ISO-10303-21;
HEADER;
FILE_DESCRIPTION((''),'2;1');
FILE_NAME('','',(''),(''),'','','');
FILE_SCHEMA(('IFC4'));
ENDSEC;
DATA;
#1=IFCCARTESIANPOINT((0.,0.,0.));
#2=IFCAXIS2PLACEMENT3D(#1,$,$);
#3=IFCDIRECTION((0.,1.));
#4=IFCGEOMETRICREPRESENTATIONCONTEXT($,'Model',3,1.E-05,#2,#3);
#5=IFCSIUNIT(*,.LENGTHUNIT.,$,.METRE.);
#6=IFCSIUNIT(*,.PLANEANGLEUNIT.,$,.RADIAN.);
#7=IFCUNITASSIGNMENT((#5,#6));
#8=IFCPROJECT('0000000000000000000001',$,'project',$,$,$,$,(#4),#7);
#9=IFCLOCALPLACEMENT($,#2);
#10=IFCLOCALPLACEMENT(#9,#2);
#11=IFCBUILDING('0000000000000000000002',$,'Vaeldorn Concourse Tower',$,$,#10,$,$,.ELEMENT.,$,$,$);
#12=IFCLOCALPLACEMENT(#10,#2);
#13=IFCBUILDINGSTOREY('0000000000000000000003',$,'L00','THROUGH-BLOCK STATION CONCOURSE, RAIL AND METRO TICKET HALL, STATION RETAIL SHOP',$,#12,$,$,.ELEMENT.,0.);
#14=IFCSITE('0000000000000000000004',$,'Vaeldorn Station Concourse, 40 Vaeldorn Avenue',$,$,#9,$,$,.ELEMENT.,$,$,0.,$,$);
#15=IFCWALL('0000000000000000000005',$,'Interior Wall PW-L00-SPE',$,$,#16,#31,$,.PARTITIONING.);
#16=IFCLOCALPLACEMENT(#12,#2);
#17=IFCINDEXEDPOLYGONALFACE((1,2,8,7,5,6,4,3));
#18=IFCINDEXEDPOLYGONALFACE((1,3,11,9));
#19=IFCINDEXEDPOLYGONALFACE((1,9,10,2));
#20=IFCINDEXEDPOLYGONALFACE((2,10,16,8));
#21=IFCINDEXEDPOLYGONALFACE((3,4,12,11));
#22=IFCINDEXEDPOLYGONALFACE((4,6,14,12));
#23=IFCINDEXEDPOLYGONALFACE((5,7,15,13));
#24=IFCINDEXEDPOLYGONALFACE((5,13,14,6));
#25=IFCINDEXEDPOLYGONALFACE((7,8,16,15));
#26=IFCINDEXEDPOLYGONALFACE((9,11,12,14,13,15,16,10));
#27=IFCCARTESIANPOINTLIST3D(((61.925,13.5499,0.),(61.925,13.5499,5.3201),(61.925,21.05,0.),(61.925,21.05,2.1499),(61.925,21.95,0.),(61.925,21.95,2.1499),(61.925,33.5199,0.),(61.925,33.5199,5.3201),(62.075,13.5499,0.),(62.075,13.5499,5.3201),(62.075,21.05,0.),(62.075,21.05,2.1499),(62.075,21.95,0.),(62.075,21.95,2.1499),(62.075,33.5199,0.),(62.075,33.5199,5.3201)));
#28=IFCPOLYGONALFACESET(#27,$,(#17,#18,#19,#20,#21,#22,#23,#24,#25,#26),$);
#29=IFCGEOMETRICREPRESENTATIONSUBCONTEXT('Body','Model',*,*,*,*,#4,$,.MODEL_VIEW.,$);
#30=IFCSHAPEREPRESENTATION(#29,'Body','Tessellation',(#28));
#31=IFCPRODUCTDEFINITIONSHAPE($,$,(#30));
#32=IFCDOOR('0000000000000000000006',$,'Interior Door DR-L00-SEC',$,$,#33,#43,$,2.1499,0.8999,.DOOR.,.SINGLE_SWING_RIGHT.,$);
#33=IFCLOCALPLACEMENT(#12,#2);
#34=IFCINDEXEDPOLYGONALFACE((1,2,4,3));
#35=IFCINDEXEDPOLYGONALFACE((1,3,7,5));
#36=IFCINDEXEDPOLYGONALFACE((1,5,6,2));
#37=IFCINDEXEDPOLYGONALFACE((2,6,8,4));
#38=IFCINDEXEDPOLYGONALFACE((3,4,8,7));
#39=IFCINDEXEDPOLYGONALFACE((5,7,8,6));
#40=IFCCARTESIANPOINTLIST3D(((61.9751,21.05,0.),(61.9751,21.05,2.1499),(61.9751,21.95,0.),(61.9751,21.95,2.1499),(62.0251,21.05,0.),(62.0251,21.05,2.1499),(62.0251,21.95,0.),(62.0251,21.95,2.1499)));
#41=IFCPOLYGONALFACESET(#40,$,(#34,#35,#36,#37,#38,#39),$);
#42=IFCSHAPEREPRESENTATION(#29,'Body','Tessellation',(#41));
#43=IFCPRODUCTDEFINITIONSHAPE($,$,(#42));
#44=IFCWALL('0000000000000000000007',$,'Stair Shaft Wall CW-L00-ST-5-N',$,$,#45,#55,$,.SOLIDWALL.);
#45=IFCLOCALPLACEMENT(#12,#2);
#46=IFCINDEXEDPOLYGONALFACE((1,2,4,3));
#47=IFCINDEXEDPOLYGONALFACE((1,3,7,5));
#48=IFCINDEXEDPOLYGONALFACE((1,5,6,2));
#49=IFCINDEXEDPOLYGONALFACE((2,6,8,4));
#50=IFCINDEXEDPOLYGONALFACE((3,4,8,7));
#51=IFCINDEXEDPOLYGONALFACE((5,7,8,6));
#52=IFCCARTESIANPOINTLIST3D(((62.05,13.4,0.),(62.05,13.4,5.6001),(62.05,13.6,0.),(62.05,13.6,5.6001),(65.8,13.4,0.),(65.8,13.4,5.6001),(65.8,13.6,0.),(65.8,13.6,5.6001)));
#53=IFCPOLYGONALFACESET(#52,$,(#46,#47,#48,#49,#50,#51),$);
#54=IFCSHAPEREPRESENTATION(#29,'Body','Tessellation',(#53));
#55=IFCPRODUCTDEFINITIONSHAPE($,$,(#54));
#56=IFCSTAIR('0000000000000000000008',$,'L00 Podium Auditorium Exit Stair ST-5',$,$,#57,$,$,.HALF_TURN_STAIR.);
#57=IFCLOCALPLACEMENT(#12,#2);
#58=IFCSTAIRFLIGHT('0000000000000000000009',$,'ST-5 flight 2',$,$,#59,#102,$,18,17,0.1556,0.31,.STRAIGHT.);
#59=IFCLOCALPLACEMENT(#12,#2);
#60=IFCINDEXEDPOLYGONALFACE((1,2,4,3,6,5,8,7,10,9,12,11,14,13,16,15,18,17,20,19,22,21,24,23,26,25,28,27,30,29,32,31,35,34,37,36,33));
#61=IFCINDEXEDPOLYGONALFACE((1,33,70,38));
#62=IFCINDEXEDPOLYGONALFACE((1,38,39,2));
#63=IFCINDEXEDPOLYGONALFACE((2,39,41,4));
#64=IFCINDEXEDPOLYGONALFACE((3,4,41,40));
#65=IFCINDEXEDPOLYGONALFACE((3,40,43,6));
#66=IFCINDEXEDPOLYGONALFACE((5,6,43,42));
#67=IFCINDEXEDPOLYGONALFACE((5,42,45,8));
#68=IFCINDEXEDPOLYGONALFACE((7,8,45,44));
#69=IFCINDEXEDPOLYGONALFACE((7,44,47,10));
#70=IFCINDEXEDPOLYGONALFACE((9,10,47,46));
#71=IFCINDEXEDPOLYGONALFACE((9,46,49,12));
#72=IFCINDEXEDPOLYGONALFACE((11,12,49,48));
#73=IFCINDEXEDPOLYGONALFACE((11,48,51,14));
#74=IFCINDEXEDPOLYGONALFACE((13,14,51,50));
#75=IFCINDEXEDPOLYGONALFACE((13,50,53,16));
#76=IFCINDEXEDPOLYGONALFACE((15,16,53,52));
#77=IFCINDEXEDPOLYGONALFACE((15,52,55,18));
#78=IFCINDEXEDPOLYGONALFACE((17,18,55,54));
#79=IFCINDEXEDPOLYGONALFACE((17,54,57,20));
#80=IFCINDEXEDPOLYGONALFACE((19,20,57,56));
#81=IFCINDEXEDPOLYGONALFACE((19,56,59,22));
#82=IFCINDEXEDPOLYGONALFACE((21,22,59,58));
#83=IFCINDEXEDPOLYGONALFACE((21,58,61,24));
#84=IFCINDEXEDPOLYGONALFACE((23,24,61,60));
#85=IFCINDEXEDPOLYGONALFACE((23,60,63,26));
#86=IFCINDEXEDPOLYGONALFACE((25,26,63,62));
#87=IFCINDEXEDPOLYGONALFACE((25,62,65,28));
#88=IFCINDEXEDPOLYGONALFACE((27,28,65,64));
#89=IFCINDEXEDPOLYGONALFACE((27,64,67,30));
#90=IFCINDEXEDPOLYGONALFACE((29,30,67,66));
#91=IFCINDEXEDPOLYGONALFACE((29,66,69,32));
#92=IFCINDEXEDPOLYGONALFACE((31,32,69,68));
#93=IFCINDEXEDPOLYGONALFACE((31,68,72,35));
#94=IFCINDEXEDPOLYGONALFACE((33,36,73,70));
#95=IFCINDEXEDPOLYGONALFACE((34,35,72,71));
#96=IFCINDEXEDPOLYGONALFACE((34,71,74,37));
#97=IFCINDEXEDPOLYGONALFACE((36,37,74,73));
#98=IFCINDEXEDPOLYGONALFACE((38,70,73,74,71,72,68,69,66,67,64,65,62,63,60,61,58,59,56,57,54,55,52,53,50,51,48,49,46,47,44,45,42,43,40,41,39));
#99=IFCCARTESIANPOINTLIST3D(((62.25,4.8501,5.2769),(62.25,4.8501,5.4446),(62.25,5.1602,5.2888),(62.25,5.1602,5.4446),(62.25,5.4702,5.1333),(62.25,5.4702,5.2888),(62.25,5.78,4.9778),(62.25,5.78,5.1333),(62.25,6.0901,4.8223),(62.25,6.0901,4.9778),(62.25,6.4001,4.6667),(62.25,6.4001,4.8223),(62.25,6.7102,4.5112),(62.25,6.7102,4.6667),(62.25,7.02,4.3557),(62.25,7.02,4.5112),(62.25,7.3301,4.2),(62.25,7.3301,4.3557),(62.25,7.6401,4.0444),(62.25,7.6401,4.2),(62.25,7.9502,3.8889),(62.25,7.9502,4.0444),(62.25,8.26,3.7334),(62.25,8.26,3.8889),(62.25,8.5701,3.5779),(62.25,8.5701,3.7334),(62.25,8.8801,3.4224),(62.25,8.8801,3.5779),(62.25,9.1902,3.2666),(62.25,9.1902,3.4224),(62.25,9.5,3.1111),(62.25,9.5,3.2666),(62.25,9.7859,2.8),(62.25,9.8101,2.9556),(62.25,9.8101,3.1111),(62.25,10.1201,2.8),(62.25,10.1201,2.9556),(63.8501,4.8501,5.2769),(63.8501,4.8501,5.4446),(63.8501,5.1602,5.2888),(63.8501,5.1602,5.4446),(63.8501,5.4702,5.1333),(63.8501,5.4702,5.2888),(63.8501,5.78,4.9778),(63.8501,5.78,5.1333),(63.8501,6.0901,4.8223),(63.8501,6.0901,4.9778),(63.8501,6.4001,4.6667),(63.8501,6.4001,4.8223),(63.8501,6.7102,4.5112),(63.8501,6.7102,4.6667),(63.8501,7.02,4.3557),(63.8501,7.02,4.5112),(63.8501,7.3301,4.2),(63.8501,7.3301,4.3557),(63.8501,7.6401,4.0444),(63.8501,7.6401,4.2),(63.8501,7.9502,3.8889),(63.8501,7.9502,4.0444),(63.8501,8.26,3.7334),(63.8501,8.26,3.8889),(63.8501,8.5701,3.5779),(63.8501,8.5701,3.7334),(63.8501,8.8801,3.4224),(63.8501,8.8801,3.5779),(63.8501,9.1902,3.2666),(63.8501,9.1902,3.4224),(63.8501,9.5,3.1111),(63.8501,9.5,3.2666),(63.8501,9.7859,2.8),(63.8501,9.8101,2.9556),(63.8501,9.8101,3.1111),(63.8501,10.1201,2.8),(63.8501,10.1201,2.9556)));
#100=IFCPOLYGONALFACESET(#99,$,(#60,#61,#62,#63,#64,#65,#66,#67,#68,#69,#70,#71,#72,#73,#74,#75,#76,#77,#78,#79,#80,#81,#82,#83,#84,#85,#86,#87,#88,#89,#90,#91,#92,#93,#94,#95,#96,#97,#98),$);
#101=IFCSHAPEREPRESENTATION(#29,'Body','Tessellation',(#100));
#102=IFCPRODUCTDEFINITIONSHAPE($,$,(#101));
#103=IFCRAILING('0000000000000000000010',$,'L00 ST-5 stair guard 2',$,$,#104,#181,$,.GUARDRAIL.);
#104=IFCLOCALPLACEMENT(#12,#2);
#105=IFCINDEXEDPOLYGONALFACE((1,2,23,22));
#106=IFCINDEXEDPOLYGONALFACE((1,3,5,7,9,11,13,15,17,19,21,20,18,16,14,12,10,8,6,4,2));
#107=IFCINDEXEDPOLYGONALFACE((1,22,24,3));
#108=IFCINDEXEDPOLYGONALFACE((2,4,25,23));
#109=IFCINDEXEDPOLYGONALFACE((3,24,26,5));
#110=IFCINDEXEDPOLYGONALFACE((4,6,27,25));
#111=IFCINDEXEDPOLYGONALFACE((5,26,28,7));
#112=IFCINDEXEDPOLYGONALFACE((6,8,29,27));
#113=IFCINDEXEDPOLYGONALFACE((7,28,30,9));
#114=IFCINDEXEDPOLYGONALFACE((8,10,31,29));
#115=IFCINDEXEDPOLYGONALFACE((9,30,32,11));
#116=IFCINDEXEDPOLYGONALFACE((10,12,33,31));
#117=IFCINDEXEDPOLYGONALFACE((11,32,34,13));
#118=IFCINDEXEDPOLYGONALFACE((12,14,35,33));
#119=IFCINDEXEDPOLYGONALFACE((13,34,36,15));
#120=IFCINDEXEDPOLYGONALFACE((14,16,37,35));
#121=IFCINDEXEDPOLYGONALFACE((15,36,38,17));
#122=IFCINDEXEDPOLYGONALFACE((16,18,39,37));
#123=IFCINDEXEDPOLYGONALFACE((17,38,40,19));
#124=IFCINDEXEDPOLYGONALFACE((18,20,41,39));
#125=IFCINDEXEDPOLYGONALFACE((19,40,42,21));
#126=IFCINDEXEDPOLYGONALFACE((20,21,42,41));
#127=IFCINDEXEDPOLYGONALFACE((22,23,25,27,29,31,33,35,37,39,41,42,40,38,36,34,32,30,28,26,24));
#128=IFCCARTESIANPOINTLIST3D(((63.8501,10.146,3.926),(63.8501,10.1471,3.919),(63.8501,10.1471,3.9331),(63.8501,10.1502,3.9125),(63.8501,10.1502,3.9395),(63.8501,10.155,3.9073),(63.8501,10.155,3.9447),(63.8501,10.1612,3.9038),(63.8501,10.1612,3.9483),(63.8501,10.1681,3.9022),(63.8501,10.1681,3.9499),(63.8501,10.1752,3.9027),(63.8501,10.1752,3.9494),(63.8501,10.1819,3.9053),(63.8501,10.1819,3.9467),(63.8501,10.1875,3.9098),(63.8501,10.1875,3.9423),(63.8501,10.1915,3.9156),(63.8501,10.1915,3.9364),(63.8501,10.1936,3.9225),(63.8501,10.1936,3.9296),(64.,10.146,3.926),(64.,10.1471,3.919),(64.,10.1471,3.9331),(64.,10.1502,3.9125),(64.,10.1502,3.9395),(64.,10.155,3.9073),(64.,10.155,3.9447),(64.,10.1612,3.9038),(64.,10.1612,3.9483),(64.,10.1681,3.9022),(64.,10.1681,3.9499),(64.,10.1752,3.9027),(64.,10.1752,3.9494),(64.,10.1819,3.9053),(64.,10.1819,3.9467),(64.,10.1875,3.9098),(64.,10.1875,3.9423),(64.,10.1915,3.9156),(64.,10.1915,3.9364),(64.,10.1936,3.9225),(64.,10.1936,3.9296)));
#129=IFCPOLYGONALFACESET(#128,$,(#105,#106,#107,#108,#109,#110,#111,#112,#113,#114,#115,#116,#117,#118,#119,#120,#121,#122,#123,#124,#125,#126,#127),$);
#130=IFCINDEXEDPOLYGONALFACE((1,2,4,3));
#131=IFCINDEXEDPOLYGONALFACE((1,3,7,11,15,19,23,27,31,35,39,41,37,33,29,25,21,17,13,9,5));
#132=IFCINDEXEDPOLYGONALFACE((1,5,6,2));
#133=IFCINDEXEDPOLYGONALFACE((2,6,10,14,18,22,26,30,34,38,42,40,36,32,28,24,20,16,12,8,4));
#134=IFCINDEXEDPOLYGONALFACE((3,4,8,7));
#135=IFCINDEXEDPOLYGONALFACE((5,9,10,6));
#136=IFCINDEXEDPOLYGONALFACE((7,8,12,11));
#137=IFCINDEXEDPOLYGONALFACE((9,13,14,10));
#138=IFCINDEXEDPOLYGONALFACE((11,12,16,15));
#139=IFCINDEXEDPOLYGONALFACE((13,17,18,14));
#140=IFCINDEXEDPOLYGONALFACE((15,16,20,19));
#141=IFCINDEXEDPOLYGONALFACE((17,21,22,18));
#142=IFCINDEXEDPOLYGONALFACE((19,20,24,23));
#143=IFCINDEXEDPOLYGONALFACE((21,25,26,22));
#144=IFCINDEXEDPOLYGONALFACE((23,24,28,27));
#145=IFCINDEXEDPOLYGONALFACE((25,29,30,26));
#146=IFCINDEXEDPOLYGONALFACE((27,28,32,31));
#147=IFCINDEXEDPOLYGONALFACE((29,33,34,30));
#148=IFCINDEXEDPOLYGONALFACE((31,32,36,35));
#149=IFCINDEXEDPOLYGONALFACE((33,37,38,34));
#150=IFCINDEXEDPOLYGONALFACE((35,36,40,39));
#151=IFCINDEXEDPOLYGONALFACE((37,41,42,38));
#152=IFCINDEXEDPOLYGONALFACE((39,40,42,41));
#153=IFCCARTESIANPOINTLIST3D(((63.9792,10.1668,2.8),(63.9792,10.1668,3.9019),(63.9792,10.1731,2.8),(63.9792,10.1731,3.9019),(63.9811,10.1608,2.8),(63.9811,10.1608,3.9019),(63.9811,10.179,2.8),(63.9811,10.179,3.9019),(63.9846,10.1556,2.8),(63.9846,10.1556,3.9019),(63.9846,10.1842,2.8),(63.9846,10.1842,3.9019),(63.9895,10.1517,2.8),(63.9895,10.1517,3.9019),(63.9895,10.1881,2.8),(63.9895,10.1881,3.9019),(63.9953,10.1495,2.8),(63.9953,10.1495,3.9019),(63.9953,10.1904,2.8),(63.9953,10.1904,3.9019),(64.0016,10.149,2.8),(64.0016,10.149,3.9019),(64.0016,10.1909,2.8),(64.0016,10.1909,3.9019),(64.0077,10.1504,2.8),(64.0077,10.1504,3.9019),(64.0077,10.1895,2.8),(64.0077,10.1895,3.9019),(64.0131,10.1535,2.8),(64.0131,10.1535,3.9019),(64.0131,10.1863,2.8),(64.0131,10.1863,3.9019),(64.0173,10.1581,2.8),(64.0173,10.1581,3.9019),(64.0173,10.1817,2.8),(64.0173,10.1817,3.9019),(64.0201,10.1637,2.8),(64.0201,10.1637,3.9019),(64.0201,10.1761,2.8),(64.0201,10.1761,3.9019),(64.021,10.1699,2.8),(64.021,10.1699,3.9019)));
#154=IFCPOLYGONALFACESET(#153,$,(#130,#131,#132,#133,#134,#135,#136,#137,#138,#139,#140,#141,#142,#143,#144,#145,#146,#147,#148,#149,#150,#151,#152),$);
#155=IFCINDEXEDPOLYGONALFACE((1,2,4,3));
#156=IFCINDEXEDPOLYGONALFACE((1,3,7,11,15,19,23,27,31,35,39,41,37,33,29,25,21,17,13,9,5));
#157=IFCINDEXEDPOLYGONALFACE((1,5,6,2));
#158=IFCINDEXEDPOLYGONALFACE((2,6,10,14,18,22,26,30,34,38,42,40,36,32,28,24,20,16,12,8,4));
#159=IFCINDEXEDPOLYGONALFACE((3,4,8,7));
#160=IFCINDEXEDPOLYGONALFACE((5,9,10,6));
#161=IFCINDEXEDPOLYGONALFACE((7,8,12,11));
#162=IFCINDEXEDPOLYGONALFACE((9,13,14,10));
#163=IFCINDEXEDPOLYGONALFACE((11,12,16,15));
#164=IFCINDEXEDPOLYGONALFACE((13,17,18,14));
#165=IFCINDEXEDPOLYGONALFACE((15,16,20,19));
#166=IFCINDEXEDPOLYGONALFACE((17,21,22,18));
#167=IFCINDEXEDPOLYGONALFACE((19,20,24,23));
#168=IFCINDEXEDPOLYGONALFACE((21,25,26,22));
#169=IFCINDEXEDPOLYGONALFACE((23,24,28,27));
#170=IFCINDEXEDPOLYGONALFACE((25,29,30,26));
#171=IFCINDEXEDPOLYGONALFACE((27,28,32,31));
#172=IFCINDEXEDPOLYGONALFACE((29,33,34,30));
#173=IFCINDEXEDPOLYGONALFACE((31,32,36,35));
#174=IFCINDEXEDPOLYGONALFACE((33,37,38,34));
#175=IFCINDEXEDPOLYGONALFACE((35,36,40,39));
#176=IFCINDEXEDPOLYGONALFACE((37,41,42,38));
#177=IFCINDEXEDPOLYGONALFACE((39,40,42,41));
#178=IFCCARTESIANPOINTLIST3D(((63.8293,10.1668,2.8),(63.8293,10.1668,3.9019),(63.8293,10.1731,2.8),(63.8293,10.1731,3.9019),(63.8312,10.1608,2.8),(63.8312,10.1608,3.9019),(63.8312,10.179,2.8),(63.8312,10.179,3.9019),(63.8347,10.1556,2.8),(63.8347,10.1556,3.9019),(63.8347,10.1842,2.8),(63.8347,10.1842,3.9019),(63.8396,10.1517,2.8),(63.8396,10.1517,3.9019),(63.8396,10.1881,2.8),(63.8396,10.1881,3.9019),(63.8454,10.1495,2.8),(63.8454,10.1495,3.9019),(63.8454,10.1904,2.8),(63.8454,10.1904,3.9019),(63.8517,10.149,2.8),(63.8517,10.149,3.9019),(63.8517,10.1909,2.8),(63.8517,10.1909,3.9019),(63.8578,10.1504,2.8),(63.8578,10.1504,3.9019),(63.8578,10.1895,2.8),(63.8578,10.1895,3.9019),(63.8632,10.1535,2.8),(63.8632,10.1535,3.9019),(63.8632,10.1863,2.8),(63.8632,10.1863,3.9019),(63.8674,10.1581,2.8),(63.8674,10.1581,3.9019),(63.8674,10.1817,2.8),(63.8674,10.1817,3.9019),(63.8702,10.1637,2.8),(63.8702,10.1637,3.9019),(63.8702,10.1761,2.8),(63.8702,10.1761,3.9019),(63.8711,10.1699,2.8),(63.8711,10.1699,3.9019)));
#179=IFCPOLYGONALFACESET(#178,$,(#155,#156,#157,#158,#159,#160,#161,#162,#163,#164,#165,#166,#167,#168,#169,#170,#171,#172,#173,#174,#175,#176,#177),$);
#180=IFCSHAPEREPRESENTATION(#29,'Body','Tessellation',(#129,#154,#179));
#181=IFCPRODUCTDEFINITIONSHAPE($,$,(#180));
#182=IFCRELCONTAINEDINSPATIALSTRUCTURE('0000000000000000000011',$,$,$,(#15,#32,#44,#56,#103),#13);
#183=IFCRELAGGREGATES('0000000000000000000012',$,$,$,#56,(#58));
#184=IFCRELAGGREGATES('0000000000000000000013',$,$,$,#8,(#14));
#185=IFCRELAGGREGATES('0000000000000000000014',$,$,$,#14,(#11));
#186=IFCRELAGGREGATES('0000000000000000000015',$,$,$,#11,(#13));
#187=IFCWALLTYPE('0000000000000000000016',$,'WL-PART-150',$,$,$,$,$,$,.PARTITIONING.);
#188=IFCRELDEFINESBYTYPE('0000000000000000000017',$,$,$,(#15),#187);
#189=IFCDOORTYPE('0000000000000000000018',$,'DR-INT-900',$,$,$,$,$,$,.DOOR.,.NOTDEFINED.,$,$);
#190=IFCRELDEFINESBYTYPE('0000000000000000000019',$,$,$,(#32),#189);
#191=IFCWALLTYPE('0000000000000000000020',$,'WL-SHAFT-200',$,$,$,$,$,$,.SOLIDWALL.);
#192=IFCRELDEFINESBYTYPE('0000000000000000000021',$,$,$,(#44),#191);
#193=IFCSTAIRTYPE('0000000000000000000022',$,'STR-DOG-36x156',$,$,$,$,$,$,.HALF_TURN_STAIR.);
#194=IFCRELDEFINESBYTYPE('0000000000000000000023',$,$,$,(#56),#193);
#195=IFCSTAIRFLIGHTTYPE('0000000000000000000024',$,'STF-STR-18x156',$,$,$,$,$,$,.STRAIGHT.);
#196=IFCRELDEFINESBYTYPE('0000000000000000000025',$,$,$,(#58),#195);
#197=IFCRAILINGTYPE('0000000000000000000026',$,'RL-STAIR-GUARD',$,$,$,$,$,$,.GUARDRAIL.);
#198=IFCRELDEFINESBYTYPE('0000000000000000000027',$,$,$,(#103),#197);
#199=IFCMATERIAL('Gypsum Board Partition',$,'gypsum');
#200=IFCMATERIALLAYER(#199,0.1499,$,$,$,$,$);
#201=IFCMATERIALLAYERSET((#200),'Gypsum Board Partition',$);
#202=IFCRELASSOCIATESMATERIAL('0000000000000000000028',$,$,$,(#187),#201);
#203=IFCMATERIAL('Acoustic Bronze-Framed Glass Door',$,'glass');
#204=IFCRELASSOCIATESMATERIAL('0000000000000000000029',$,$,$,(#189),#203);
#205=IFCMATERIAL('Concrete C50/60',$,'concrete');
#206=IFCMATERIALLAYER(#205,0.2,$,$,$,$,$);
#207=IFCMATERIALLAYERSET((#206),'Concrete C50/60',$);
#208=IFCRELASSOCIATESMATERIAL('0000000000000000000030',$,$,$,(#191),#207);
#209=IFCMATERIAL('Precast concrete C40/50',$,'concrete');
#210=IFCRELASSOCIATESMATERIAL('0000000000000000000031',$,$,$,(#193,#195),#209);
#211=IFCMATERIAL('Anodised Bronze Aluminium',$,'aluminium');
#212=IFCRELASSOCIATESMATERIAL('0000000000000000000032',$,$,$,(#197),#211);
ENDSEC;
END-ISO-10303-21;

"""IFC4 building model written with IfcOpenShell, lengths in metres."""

from ifc_helpers import new_model, si_unit, direction, frame, frame_2d, origin, origin_2d, place, context, subcontext, project, spatial, polyline, rectangle, circle, outline, extrude, source, transform, mapped, material, layer, layer_set, type_object, element, fill, aggregate, save


model = new_model("IFC4")

# Units and contexts
model_context = context("Model", 3, precision=1e-05, world=origin(), true_north=direction((0.0, 1.0)))
body_context = subcontext(model_context, "Body", "Model", "MODEL_VIEW")
ifc_project = project(units=[si_unit("LENGTHUNIT", "METRE"), si_unit("PLANEANGLEUNIT", "RADIAN")], contexts=[model_context])

# Site, building, storey
site_placement = place(None, origin())
site = spatial("IfcSite", under=ifc_project, at=site_placement, Name="Vaeldorn Station Concourse, 40 Vaeldorn Avenue", CompositionType="ELEMENT", RefElevation=0.0)
building_placement = place(site_placement, origin())
building = spatial("IfcBuilding", under=site, at=building_placement, Name="Vaeldorn Concourse Tower", CompositionType="ELEMENT")
storey_placement = place(building_placement, origin())
storey = spatial("IfcBuildingStorey", under=building, at=storey_placement, Name="L00", Description="THROUGH-BLOCK STATION CONCOURSE, RAIL AND METRO TICKET HALL, STATION RETAIL SHOP", CompositionType="ELEMENT", Elevation=0.0)

# Shared definitions
ifc_material_1 = material(Name="Concrete C50/60", Category="concrete")

# Shared definitions
ifc_material_2 = material(Name="Gypsum Board Partition", Category="gypsum")
ifc_layer_1 = layer(ifc_material_2, 0.1499)
ifc_layer_set_1 = layer_set([ifc_layer_1], Name="Gypsum Board Partition")
wall_type_1 = type_object("IfcWallType", Name="WL-PART-150", PredefinedType="PARTITIONING", material=ifc_layer_set_1)

# Wall, opening, door
wall_1_placement = place(storey_placement, frame((62.0, 13.55, 0.0), z_axis=(0.0, 0.0, 1.0), x_axis=(0.0, 1.0, 0.0)))
wall_1 = element("IfcWall", 1, at=wall_1_placement, inside=storey, type_object=wall_type_1, Name="Interior Wall PW-L00-SPE", PredefinedType="PARTITIONING", context=body_context, shape_type="SweptSolid", body=[
    extrude(rectangle(XDim=19.97, YDim=0.1499, at=frame_2d((9.9849, 0.0))), origin(), (0.0, 0.0, 1.0), 5.3201),
])
opening_placement = place(wall_1_placement, frame((7.5, 0.0, 0.0)))
opening = element("IfcOpeningElement", 2, at=opening_placement, cuts=wall_1, PredefinedType="OPENING", context=body_context, shape_type="SweptSolid", body=[
    extrude(rectangle(XDim=0.8999, YDim=2.1499, at=frame_2d((0.45, 1.075))), frame((0.0, 0.085, 0.0), z_axis=(0.0, -1.0, 0.0), x_axis=(1.0, 0.0, 0.0)), (0.0, 0.0, 1.0), 0.1699),
])
ifc_material_3 = material(Name="Acoustic Bronze-Framed Glass Door", Category="glass")
door_type = type_object("IfcDoorType", Name="DR-INT-900", OperationType="NOTDEFINED", PredefinedType="DOOR", material=ifc_material_3)
shared_shape_1 = source(origin(), body_context, "Body", "SweptSolid", [
    extrude(rectangle(XDim=0.8999, YDim=2.1499, at=frame_2d((0.45, 1.075))), frame((0.0, 0.0249, 0.0), z_axis=(0.0, -1.0, 0.0), x_axis=(1.0, 0.0, 0.0)), (0.0, 0.0, 1.0), 0.05),
])
door_placement = place(opening_placement, origin())
door = element("IfcDoor", 3, at=door_placement, inside=storey, type_object=door_type, Name="Interior Door DR-L00-SEC", OperationType="SINGLE_SWING_RIGHT", OverallHeight=2.1499, OverallWidth=0.8999, PredefinedType="DOOR", context=body_context, shape_type="MappedRepresentation", body=[
    mapped(shared_shape_1, transform((0.0, 0.0, 0.0), scale=1.0)),
])
fill(opening, door)

# Wall
ifc_layer_2 = layer(ifc_material_1, 0.2)
ifc_layer_set_2 = layer_set([ifc_layer_2], Name="Concrete C50/60")
wall_type_2 = type_object("IfcWallType", Name="WL-SHAFT-200", PredefinedType="SOLIDWALL", material=ifc_layer_set_2)
wall_2_placement = place(storey_placement, frame((62.05, 13.5, 0.0), z_axis=(0.0, 0.0, 1.0), x_axis=(1.0, 0.0, 0.0)))
element("IfcWall", 4, at=wall_2_placement, inside=storey, type_object=wall_type_2, Name="Stair Shaft Wall CW-L00-ST-5-N", PredefinedType="SOLIDWALL", context=body_context, shape_type="SweptSolid", body=[
    extrude(rectangle(XDim=3.75, YDim=0.2, at=frame_2d((1.875, 0.0))), origin(), (0.0, 0.0, 1.0), 5.6001),
])

# Stair, stair flight
ifc_material_4 = material(Name="Precast concrete C40/50", Category="concrete")
stair_type = type_object("IfcStairType", Name="STR-DOG-36x156", PredefinedType="HALF_TURN_STAIR", material=ifc_material_4)
stair_placement = place(storey_placement, origin())
stair = element("IfcStair", 5, at=stair_placement, inside=storey, type_object=stair_type, Name="L00 Podium Auditorium Exit Stair ST-5", PredefinedType="HALF_TURN_STAIR")
stair_flight_type = type_object("IfcStairFlightType", Name="STF-STR-18x156", PredefinedType="STRAIGHT", material=ifc_material_4)
stair_flight_placement = place(storey_placement, frame((63.05, 10.1201, 2.8), z_axis=(0.0, 0.0, 1.0), x_axis=(0.0, -1.0, 0.0)))
stair_flight = element("IfcStairFlight", 6, at=stair_flight_placement, type_object=stair_flight_type, Name="ST-5 flight 2", NumberOfRisers=18, NumberOfTreads=17, PredefinedType="STRAIGHT", RiserHeight=0.1556, TreadLength=0.31, context=body_context, shape_type="SweptSolid", body=[
    extrude(outline(polyline([(0.0, 0.0), (0.0, 0.1555), (0.3101, 0.1555), (0.3101, 0.311), (0.6201, 0.311), (0.6201, 0.4666), (0.9299, 0.4666), (0.9299, 0.6223), (1.24, 0.6223), (1.24, 0.7778), (1.55, 0.7778), (1.55, 0.9333), (1.8601, 0.9333), (1.8601, 1.0889), (2.1699, 1.0889), (2.1699, 1.2444), (2.48, 1.2444), (2.48, 1.3999), (2.79, 1.3999), (2.79, 1.5557), (3.1001, 1.5557), (3.1001, 1.7112), (3.4099, 1.7112), (3.4099, 1.8667), (3.72, 1.8667), (3.72, 2.0222), (4.03, 2.0222), (4.03, 2.1777), (4.3401, 2.1777), (4.3401, 2.3333), (4.6499, 2.3333), (4.6499, 2.4888), (4.96, 2.4888), (4.96, 2.6445), (5.27, 2.6445), (5.27, 2.8), (5.27, 2.4768), (0.3342, 0.0), (0.0, 0.0)])), frame((0.0, 0.8, 0.0), z_axis=(0.0, -1.0, 0.0), x_axis=(1.0, 0.0, 0.0)), (0.0, 0.0, 1.0), 1.6001),
])
aggregate(stair, [stair_flight])

# Railing
ifc_material_5 = material(Name="Anodised Bronze Aluminium", Category="aluminium")
railing_type_1 = type_object("IfcRailingType", Name="RL-STAIR-GUARD", PredefinedType="GUARDRAIL", material=ifc_material_5)
railing_1_placement = place(storey_placement, frame((64.0, 10.1699, 2.8)))
element("IfcRailing", 7, at=railing_1_placement, inside=storey, type_object=railing_type_1, Name="L00 ST-5 stair guard 2", PredefinedType="GUARDRAIL", context=body_context, shape_type="SweptSolid", body=[
    extrude(circle(Radius=0.0239, at=origin_2d()), frame((0.0, 0.0, 1.126), z_axis=(-1.0, 0.0, 0.0), x_axis=(0.0, -1.0, 0.0)), (0.0, 0.0, 1.0), 0.1499),
    extrude(circle(Radius=0.021, at=origin_2d()), origin(), (0.0, 0.0, 1.0), 1.1018),
    extrude(circle(Radius=0.021, at=origin_2d()), frame((-0.1499, 0.0, 0.0)), (0.0, 0.0, 1.0), 1.1018),
])

save(model, "model.ifc")
